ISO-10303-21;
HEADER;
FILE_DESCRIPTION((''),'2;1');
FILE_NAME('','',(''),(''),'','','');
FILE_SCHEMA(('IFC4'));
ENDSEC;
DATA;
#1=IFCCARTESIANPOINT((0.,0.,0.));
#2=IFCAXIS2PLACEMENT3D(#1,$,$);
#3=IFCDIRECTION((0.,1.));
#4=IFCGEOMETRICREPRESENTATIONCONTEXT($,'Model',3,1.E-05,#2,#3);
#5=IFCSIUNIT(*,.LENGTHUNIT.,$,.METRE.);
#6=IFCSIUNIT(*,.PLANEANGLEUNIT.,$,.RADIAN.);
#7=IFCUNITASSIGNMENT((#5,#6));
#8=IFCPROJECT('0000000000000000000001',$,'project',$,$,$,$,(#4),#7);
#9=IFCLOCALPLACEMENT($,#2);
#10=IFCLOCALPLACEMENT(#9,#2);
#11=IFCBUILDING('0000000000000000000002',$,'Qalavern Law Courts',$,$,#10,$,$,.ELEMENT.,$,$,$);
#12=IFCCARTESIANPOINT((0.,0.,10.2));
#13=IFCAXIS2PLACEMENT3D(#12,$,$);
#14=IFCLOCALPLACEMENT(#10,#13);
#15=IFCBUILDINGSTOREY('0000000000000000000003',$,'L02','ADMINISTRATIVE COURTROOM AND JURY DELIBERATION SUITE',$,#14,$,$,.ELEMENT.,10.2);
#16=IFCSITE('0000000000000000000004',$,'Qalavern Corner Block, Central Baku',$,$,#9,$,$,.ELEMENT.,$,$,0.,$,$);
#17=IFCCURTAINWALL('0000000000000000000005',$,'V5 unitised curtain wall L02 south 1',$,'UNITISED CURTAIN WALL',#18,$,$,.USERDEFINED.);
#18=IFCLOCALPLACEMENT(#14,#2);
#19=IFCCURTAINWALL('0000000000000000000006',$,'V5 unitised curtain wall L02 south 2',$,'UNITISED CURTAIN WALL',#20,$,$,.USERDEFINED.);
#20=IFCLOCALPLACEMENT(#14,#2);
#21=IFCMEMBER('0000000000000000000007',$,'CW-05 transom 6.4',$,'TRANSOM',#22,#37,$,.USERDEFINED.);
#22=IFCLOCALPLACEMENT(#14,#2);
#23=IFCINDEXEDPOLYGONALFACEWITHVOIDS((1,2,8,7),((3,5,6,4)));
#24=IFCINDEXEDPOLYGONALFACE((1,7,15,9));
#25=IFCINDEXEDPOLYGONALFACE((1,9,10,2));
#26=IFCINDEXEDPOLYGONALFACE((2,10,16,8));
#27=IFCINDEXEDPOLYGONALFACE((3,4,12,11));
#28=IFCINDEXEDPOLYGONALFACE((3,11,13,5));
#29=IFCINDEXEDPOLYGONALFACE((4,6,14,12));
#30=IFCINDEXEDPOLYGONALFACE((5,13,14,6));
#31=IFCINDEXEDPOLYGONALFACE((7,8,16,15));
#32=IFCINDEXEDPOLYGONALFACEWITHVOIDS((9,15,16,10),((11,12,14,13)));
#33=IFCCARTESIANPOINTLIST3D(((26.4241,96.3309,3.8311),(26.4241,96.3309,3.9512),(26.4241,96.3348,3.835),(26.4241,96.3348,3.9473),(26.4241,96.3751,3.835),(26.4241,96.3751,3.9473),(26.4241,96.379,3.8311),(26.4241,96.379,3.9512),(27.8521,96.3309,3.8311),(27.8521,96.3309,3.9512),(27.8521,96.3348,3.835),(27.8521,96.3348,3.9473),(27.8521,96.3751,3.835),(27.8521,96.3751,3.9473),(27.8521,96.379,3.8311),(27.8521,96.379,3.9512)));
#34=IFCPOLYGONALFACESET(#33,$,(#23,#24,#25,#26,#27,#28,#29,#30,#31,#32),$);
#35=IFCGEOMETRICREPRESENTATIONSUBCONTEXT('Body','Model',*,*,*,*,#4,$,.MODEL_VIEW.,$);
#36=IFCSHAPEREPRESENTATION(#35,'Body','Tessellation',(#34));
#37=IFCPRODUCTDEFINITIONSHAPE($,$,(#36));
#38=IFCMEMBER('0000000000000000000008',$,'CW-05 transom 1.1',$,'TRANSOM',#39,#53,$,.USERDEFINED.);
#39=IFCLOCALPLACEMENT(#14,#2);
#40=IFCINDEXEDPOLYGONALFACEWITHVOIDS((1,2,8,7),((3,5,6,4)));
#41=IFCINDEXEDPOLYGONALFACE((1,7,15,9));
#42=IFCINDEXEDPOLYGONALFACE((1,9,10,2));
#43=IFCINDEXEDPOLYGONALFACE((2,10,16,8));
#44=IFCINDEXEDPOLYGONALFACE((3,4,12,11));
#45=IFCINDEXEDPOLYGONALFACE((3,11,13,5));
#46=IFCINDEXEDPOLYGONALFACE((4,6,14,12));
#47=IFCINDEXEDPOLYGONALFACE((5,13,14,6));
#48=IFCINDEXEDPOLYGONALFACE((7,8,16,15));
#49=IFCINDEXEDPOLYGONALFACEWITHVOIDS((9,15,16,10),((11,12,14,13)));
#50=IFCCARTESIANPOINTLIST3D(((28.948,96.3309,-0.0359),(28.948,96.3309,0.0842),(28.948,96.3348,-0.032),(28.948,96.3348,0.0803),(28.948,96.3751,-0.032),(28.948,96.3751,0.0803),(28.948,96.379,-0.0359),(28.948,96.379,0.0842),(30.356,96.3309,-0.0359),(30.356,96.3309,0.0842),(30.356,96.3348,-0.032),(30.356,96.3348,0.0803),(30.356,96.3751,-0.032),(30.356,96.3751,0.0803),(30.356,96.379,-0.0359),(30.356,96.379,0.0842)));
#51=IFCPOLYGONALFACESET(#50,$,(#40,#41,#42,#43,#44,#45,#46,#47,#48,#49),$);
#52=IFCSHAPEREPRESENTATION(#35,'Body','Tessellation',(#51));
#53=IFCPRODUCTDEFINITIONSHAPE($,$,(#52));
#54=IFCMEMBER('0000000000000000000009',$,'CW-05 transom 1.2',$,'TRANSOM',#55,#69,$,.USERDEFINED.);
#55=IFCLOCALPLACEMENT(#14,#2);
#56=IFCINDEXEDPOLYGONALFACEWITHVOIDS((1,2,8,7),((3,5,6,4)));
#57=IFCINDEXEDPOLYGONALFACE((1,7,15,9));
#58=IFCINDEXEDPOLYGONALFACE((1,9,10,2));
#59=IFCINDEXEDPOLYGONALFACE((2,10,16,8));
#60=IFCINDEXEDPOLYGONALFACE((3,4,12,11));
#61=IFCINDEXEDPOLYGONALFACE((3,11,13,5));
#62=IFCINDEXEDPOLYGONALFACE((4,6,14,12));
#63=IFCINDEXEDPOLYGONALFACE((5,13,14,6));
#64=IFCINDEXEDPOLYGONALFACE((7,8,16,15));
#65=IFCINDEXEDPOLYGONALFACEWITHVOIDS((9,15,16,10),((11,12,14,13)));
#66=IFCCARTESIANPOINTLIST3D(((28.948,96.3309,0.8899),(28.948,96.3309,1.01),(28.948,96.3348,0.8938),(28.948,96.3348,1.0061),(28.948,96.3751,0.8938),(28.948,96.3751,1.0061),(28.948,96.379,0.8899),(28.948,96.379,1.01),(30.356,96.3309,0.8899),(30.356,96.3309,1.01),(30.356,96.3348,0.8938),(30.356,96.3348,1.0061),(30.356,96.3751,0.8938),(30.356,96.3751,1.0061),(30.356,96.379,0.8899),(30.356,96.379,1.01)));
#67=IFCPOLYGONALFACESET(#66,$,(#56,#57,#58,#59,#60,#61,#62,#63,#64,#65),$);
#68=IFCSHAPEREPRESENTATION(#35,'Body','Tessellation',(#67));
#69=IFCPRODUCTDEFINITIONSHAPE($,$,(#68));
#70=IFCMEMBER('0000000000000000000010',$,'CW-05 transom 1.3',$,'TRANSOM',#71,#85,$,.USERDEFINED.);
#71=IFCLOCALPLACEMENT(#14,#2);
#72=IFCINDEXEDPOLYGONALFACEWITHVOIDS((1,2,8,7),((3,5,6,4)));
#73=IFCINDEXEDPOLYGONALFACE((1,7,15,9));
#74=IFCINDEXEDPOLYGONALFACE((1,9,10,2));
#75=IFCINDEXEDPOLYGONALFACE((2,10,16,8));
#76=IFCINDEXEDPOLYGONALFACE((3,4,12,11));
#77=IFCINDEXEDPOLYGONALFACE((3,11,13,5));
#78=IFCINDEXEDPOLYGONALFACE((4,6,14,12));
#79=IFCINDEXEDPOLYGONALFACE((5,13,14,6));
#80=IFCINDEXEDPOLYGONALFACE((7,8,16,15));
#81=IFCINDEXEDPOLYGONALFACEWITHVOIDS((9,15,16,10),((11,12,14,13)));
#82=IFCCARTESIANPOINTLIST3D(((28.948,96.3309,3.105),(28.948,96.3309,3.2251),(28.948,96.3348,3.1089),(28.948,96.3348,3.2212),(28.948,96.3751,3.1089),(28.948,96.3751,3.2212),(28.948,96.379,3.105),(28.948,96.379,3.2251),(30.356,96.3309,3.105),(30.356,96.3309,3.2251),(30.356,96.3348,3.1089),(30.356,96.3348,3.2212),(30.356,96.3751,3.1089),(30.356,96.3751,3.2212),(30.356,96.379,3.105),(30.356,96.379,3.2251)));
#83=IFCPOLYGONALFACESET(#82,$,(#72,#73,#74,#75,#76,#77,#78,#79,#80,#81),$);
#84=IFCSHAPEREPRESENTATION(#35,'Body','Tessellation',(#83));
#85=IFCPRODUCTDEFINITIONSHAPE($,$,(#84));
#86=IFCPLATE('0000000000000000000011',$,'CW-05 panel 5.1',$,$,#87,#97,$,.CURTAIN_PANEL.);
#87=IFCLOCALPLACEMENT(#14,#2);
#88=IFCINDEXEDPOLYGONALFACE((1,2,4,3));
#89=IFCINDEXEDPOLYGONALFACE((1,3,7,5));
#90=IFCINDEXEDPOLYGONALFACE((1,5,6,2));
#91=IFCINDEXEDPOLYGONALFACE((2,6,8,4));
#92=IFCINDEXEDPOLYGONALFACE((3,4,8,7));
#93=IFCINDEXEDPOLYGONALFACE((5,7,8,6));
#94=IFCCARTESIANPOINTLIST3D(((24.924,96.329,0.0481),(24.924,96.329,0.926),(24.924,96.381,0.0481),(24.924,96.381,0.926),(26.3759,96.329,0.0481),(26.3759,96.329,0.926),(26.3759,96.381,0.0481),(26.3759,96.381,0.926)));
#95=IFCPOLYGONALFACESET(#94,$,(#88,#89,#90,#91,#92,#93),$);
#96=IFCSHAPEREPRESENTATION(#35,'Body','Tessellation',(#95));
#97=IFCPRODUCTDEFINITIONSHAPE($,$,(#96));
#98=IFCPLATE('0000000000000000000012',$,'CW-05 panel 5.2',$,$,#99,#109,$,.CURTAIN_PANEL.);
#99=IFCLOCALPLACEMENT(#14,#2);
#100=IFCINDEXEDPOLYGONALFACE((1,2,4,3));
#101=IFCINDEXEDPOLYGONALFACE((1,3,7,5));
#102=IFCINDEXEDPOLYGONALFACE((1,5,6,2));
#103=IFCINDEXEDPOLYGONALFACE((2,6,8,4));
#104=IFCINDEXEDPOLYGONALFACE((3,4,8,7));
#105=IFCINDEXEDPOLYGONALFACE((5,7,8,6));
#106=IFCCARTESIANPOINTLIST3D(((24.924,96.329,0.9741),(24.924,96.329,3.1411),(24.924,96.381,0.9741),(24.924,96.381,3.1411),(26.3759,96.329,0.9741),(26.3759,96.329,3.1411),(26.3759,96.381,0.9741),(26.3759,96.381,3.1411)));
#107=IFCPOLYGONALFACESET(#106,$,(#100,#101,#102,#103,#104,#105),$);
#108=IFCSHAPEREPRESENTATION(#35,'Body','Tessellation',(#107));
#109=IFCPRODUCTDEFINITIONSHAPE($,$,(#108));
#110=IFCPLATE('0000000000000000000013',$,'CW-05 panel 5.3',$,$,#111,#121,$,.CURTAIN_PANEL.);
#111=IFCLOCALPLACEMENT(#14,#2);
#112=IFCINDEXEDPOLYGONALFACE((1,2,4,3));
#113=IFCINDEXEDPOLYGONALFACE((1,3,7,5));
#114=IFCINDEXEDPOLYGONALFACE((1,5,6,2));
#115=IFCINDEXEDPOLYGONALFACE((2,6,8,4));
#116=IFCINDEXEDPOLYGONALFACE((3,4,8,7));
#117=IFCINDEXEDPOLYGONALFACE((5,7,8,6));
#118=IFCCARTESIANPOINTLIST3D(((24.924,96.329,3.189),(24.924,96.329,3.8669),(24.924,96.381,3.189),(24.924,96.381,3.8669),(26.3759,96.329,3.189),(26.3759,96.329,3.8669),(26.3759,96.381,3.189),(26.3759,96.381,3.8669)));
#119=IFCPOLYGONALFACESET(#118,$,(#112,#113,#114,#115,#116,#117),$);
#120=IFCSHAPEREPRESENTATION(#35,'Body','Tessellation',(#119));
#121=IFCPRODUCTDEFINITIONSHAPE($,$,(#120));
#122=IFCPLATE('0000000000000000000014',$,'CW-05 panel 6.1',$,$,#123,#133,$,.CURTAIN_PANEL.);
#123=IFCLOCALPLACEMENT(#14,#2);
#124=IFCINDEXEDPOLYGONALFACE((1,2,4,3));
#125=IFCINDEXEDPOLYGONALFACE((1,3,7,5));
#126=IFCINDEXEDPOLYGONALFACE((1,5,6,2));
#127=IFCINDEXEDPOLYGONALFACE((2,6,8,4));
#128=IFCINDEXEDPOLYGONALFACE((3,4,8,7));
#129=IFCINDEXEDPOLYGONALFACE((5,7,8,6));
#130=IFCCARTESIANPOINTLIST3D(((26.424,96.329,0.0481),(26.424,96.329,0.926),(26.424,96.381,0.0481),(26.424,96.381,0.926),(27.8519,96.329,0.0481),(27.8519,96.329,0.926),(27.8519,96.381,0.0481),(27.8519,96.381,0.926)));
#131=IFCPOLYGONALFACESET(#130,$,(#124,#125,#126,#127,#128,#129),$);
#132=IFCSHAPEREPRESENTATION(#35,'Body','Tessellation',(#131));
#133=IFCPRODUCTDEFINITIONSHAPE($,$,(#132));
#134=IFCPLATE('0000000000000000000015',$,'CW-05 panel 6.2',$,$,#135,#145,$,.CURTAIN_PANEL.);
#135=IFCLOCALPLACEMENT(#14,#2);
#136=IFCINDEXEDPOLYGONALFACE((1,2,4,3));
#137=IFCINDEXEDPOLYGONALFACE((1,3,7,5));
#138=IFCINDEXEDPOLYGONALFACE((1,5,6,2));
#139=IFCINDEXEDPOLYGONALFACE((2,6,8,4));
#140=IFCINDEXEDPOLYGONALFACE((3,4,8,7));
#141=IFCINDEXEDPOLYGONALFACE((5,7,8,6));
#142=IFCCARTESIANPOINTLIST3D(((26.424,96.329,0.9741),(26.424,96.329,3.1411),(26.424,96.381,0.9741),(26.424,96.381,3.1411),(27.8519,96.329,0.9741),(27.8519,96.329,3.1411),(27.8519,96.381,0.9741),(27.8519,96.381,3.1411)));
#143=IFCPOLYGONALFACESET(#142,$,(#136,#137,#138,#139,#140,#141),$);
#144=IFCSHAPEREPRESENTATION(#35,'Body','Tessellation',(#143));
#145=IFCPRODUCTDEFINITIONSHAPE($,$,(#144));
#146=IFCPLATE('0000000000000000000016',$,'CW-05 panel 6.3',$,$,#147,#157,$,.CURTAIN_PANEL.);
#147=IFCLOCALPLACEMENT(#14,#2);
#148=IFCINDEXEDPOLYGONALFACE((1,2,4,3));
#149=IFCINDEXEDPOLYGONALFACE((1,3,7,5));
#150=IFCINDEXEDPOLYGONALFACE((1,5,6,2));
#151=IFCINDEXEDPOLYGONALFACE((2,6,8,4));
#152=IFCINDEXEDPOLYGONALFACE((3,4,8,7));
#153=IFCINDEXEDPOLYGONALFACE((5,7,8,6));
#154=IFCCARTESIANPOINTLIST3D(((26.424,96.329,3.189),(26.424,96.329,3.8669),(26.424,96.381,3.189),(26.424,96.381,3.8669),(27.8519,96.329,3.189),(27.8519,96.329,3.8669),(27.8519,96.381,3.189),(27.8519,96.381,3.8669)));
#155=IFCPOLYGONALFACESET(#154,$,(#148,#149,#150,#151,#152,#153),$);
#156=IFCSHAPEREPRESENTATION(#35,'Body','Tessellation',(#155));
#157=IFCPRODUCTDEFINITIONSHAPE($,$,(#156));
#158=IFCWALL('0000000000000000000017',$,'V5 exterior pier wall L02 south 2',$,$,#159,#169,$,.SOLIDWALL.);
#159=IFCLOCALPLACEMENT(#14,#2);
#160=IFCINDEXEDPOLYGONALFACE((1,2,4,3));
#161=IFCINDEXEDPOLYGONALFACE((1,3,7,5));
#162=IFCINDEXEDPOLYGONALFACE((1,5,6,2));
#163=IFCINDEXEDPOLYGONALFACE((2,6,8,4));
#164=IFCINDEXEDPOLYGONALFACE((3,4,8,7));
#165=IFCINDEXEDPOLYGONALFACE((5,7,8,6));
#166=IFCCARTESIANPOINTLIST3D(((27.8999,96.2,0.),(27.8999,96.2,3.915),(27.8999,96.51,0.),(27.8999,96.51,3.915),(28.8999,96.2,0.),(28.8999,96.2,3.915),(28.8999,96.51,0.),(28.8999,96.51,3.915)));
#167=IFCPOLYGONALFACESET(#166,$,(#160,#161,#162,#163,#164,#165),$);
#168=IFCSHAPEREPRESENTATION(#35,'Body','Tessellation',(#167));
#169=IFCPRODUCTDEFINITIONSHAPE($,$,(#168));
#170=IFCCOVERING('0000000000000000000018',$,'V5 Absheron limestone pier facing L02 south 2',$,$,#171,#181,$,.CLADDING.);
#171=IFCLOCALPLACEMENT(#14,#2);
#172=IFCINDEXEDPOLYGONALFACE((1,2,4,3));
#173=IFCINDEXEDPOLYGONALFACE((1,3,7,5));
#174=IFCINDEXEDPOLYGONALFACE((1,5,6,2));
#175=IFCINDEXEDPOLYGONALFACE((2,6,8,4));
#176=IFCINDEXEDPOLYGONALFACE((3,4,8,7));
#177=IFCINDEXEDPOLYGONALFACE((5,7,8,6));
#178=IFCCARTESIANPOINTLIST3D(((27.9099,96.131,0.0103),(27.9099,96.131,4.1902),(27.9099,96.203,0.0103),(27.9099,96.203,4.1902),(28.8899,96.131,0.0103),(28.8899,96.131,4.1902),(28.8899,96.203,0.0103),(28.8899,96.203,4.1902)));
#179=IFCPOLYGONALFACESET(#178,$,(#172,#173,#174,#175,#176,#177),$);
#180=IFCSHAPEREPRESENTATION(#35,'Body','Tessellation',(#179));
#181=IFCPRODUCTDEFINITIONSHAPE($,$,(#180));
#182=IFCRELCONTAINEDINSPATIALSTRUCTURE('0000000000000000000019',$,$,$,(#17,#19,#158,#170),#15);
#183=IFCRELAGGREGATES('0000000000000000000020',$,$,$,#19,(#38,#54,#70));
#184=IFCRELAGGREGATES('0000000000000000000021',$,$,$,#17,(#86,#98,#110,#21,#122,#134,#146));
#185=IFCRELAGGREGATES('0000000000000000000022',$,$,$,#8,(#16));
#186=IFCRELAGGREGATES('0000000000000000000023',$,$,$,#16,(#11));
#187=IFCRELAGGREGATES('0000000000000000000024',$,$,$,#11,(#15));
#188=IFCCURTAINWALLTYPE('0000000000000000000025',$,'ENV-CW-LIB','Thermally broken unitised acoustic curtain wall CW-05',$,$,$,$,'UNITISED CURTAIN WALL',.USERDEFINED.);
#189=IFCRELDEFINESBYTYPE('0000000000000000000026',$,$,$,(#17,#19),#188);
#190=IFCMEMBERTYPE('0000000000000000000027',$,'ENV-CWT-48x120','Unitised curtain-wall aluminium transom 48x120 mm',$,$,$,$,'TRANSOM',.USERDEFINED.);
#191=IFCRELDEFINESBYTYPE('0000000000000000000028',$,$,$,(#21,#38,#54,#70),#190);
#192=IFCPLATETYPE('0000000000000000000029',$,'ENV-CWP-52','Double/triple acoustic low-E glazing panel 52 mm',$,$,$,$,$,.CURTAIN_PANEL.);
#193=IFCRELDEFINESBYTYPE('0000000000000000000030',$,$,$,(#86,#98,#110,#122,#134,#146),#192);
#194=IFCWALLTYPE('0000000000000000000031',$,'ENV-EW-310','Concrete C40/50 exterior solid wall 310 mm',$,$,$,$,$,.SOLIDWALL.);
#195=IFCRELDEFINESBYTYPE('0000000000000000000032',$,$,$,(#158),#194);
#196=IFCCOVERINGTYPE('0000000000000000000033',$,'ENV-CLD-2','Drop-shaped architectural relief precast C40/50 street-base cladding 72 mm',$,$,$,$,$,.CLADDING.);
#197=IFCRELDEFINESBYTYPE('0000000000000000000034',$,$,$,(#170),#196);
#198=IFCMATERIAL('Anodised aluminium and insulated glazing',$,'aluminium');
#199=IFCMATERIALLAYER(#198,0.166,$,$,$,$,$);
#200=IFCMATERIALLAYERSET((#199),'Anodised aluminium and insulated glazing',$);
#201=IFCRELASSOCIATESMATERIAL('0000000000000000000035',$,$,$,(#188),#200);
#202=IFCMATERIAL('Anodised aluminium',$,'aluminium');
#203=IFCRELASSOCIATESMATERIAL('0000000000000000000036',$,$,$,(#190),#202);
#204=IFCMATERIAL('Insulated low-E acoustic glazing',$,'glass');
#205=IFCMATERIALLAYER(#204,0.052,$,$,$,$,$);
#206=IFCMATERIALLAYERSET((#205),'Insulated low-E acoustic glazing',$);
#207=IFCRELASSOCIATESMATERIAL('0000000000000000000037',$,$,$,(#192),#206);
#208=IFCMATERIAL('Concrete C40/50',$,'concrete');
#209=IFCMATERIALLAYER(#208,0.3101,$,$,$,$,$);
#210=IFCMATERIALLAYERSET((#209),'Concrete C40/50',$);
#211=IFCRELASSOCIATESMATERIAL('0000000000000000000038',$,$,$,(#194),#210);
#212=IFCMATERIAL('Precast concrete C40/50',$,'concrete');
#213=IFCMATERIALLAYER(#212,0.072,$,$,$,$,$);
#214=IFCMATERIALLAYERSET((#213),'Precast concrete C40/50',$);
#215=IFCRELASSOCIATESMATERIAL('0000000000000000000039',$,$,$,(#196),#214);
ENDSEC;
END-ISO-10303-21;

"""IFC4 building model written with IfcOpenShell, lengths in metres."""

from ifc_helpers import new_model, si_unit, direction, frame, frame_2d, origin, origin_2d, place, context, subcontext, project, spatial, rectangle, hollow_rectangle, extrude, material, layer, layer_set, material_profile, profile_set, type_object, element, aggregate, save


model = new_model("IFC4")

# Units and contexts
model_context = context("Model", 3, precision=1e-05, world=origin(), true_north=direction((0.0, 1.0)))
body_context = subcontext(model_context, "Body", "Model", "MODEL_VIEW")
ifc_project = project(units=[si_unit("LENGTHUNIT", "METRE"), si_unit("PLANEANGLEUNIT", "RADIAN")], contexts=[model_context])

# Site, building, storey
site_placement = place(None, origin())
site = spatial("IfcSite", under=ifc_project, at=site_placement, Name="Qalavern Corner Block, Central Baku", CompositionType="ELEMENT", RefElevation=0.0)
building_placement = place(site_placement, origin())
building = spatial("IfcBuilding", under=site, at=building_placement, Name="Qalavern Law Courts", CompositionType="ELEMENT")
storey_placement = place(building_placement, frame((0.0, 0.0, 10.2)))
storey = spatial("IfcBuildingStorey", under=building, at=storey_placement, Name="L02", Description="ADMINISTRATIVE COURTROOM AND JURY DELIBERATION SUITE", CompositionType="ELEMENT", Elevation=10.2)

# Curtain wall
ifc_material_1 = material(Name="Anodised aluminium and insulated glazing", Category="aluminium")
ifc_layer_1 = layer(ifc_material_1, 0.166)
ifc_layer_set_1 = layer_set([ifc_layer_1], Name="Anodised aluminium and insulated glazing")
curtain_wall_type = type_object("IfcCurtainWallType", Name="ENV-CW-LIB", Description="Thermally broken unitised acoustic curtain wall CW-05", ElementType="UNITISED CURTAIN WALL", PredefinedType="USERDEFINED", material=ifc_layer_set_1)
curtain_wall_1_placement = place(storey_placement, origin())
curtain_wall_1 = element("IfcCurtainWall", 1, at=curtain_wall_1_placement, inside=storey, type_object=curtain_wall_type, Name="V5 unitised curtain wall L02 south 1", ObjectType="UNITISED CURTAIN WALL", PredefinedType="USERDEFINED")
ifc_material_2 = material(Name="Anodised aluminium", Category="aluminium")

# Curtain wall
curtain_wall_2_placement = place(storey_placement, origin())
curtain_wall_2 = element("IfcCurtainWall", 2, at=curtain_wall_2_placement, inside=storey, type_object=curtain_wall_type, Name="V5 unitised curtain wall L02 south 2", ObjectType="UNITISED CURTAIN WALL", PredefinedType="USERDEFINED")

# Members
ifc_material_profile_1 = material_profile(ifc_material_2, hollow_rectangle(XDim=0.0481, YDim=0.1201, WallThickness=0.0039, at=origin_2d()), Name="ALU TRANSOM 48x120")
ifc_profile_set_1 = profile_set([ifc_material_profile_1], Name="Anodised aluminium")
member_type_1 = type_object("IfcMemberType", Name="ENV-CWT-48x120", Description="Unitised curtain-wall aluminium transom 48x120 mm", ElementType="TRANSOM", PredefinedType="USERDEFINED", material=ifc_profile_set_1)
member_1_placement = place(storey_placement, frame((26.4241, 96.355, 3.8911), z_axis=(1.0, 0.0, 0.0), x_axis=(0.0, 1.0, 0.0)))
member_1 = element("IfcMember", 3, at=member_1_placement, type_object=member_type_1, Name="CW-05 transom 6.4", ObjectType="TRANSOM", PredefinedType="USERDEFINED", context=body_context, shape_type="SweptSolid", body=[
    extrude(hollow_rectangle(XDim=0.0481, YDim=0.1201, WallThickness=0.0039, at=origin_2d()), origin(), (0.0, 0.0, 1.0), 1.428),
])
member_2_placement = place(storey_placement, frame((28.948, 96.355, 0.0242), z_axis=(1.0, 0.0, 0.0), x_axis=(0.0, 1.0, 0.0)))
member_2 = element("IfcMember", 4, at=member_2_placement, type_object=member_type_1, Name="CW-05 transom 1.1", ObjectType="TRANSOM", PredefinedType="USERDEFINED", context=body_context, shape_type="SweptSolid", body=[
    extrude(hollow_rectangle(XDim=0.0481, YDim=0.1201, WallThickness=0.0039, at=origin_2d()), origin(), (0.0, 0.0, 1.0), 1.408),
])
member_3_placement = place(storey_placement, frame((28.948, 96.355, 0.95), z_axis=(1.0, 0.0, 0.0), x_axis=(0.0, 1.0, 0.0)))
member_3 = element("IfcMember", 5, at=member_3_placement, type_object=member_type_1, Name="CW-05 transom 1.2", ObjectType="TRANSOM", PredefinedType="USERDEFINED", context=body_context, shape_type="SweptSolid", body=[
    extrude(hollow_rectangle(XDim=0.0481, YDim=0.1201, WallThickness=0.0039, at=origin_2d()), origin(), (0.0, 0.0, 1.0), 1.408),
])
member_4_placement = place(storey_placement, frame((28.948, 96.355, 3.165), z_axis=(1.0, 0.0, 0.0), x_axis=(0.0, 1.0, 0.0)))
member_4 = element("IfcMember", 6, at=member_4_placement, type_object=member_type_1, Name="CW-05 transom 1.3", ObjectType="TRANSOM", PredefinedType="USERDEFINED", context=body_context, shape_type="SweptSolid", body=[
    extrude(hollow_rectangle(XDim=0.0481, YDim=0.1201, WallThickness=0.0039, at=origin_2d()), origin(), (0.0, 0.0, 1.0), 1.408),
])
aggregate(curtain_wall_2, [member_2, member_3, member_4])

# Plates
ifc_material_3 = material(Name="Insulated low-E acoustic glazing", Category="glass")
ifc_layer_2 = layer(ifc_material_3, 0.052)
ifc_layer_set_2 = layer_set([ifc_layer_2], Name="Insulated low-E acoustic glazing")
plate_type = type_object("IfcPlateType", Name="ENV-CWP-52", Description="Double/triple acoustic low-E glazing panel 52 mm", PredefinedType="CURTAIN_PANEL", material=ifc_layer_set_2)
plate_1_placement = place(storey_placement, frame((25.6499, 96.355, 0.0481), z_axis=(0.0, 0.0, 1.0), x_axis=(1.0, 0.0, 0.0)))
plate_1 = element("IfcPlate", 7, at=plate_1_placement, type_object=plate_type, Name="CW-05 panel 5.1", PredefinedType="CURTAIN_PANEL", context=body_context, shape_type="SweptSolid", body=[
    extrude(rectangle(XDim=1.4519, YDim=0.052, at=origin_2d()), origin(), (0.0, 0.0, 1.0), 0.8779),
])
plate_2_placement = place(storey_placement, frame((25.6499, 96.355, 0.9741), z_axis=(0.0, 0.0, 1.0), x_axis=(1.0, 0.0, 0.0)))
plate_2 = element("IfcPlate", 8, at=plate_2_placement, type_object=plate_type, Name="CW-05 panel 5.2", PredefinedType="CURTAIN_PANEL", context=body_context, shape_type="SweptSolid", body=[
    extrude(rectangle(XDim=1.4519, YDim=0.052, at=origin_2d()), origin(), (0.0, 0.0, 1.0), 2.167),
])
plate_3_placement = place(storey_placement, frame((25.6499, 96.355, 3.189), z_axis=(0.0, 0.0, 1.0), x_axis=(1.0, 0.0, 0.0)))
plate_3 = element("IfcPlate", 9, at=plate_3_placement, type_object=plate_type, Name="CW-05 panel 5.3", PredefinedType="CURTAIN_PANEL", context=body_context, shape_type="SweptSolid", body=[
    extrude(rectangle(XDim=1.4519, YDim=0.052, at=origin_2d()), origin(), (0.0, 0.0, 1.0), 0.678),
])
plate_4_placement = place(storey_placement, frame((27.1379, 96.355, 0.0481), z_axis=(0.0, 0.0, 1.0), x_axis=(1.0, 0.0, 0.0)))
plate_4 = element("IfcPlate", 10, at=plate_4_placement, type_object=plate_type, Name="CW-05 panel 6.1", PredefinedType="CURTAIN_PANEL", context=body_context, shape_type="SweptSolid", body=[
    extrude(rectangle(XDim=1.428, YDim=0.052, at=origin_2d()), origin(), (0.0, 0.0, 1.0), 0.8779),
])
plate_5_placement = place(storey_placement, frame((27.1379, 96.355, 0.9741), z_axis=(0.0, 0.0, 1.0), x_axis=(1.0, 0.0, 0.0)))
plate_5 = element("IfcPlate", 11, at=plate_5_placement, type_object=plate_type, Name="CW-05 panel 6.2", PredefinedType="CURTAIN_PANEL", context=body_context, shape_type="SweptSolid", body=[
    extrude(rectangle(XDim=1.428, YDim=0.052, at=origin_2d()), origin(), (0.0, 0.0, 1.0), 2.167),
])
plate_6_placement = place(storey_placement, frame((27.1379, 96.355, 3.189), z_axis=(0.0, 0.0, 1.0), x_axis=(1.0, 0.0, 0.0)))
plate_6 = element("IfcPlate", 12, at=plate_6_placement, type_object=plate_type, Name="CW-05 panel 6.3", PredefinedType="CURTAIN_PANEL", context=body_context, shape_type="SweptSolid", body=[
    extrude(rectangle(XDim=1.428, YDim=0.052, at=origin_2d()), origin(), (0.0, 0.0, 1.0), 0.678),
])
aggregate(curtain_wall_1, [plate_1, plate_2, plate_3, member_1, plate_4, plate_5, plate_6])

# Wall
ifc_material_4 = material(Name="Concrete C40/50", Category="concrete")
ifc_layer_3 = layer(ifc_material_4, 0.3101)
ifc_layer_set_3 = layer_set([ifc_layer_3], Name="Concrete C40/50")
wall_type = type_object("IfcWallType", Name="ENV-EW-310", Description="Concrete C40/50 exterior solid wall 310 mm", PredefinedType="SOLIDWALL", material=ifc_layer_set_3)
wall_placement = place(storey_placement, frame((27.8999, 96.355, 0.0), z_axis=(0.0, 0.0, 1.0), x_axis=(1.0, 0.0, 0.0)))
element("IfcWall", 13, at=wall_placement, inside=storey, type_object=wall_type, Name="V5 exterior pier wall L02 south 2", PredefinedType="SOLIDWALL", context=body_context, shape_type="SweptSolid", body=[
    extrude(rectangle(XDim=1.0, YDim=0.3101, at=frame_2d((0.5, 0.0))), origin(), (0.0, 0.0, 1.0), 3.915),
])

# Covering
ifc_material_5 = material(Name="Precast concrete C40/50", Category="concrete")
ifc_layer_4 = layer(ifc_material_5, 0.072)
ifc_layer_set_4 = layer_set([ifc_layer_4], Name="Precast concrete C40/50")
covering_type = type_object("IfcCoveringType", Name="ENV-CLD-2", Description="Drop-shaped architectural relief precast C40/50 street-base cladding 72 mm", PredefinedType="CLADDING", material=ifc_layer_set_4)
covering_placement = place(storey_placement, frame((28.3999, 96.167, 0.0103), z_axis=(0.0, 0.0, 1.0), x_axis=(1.0, 0.0, 0.0)))
element("IfcCovering", 14, at=covering_placement, inside=storey, type_object=covering_type, Name="V5 Absheron limestone pier facing L02 south 2", PredefinedType="CLADDING", context=body_context, shape_type="SweptSolid", body=[
    extrude(rectangle(XDim=0.98, YDim=0.072, at=origin_2d()), origin(), (0.0, 0.0, 1.0), 4.1799),
])

save(model, "model.ifc")
